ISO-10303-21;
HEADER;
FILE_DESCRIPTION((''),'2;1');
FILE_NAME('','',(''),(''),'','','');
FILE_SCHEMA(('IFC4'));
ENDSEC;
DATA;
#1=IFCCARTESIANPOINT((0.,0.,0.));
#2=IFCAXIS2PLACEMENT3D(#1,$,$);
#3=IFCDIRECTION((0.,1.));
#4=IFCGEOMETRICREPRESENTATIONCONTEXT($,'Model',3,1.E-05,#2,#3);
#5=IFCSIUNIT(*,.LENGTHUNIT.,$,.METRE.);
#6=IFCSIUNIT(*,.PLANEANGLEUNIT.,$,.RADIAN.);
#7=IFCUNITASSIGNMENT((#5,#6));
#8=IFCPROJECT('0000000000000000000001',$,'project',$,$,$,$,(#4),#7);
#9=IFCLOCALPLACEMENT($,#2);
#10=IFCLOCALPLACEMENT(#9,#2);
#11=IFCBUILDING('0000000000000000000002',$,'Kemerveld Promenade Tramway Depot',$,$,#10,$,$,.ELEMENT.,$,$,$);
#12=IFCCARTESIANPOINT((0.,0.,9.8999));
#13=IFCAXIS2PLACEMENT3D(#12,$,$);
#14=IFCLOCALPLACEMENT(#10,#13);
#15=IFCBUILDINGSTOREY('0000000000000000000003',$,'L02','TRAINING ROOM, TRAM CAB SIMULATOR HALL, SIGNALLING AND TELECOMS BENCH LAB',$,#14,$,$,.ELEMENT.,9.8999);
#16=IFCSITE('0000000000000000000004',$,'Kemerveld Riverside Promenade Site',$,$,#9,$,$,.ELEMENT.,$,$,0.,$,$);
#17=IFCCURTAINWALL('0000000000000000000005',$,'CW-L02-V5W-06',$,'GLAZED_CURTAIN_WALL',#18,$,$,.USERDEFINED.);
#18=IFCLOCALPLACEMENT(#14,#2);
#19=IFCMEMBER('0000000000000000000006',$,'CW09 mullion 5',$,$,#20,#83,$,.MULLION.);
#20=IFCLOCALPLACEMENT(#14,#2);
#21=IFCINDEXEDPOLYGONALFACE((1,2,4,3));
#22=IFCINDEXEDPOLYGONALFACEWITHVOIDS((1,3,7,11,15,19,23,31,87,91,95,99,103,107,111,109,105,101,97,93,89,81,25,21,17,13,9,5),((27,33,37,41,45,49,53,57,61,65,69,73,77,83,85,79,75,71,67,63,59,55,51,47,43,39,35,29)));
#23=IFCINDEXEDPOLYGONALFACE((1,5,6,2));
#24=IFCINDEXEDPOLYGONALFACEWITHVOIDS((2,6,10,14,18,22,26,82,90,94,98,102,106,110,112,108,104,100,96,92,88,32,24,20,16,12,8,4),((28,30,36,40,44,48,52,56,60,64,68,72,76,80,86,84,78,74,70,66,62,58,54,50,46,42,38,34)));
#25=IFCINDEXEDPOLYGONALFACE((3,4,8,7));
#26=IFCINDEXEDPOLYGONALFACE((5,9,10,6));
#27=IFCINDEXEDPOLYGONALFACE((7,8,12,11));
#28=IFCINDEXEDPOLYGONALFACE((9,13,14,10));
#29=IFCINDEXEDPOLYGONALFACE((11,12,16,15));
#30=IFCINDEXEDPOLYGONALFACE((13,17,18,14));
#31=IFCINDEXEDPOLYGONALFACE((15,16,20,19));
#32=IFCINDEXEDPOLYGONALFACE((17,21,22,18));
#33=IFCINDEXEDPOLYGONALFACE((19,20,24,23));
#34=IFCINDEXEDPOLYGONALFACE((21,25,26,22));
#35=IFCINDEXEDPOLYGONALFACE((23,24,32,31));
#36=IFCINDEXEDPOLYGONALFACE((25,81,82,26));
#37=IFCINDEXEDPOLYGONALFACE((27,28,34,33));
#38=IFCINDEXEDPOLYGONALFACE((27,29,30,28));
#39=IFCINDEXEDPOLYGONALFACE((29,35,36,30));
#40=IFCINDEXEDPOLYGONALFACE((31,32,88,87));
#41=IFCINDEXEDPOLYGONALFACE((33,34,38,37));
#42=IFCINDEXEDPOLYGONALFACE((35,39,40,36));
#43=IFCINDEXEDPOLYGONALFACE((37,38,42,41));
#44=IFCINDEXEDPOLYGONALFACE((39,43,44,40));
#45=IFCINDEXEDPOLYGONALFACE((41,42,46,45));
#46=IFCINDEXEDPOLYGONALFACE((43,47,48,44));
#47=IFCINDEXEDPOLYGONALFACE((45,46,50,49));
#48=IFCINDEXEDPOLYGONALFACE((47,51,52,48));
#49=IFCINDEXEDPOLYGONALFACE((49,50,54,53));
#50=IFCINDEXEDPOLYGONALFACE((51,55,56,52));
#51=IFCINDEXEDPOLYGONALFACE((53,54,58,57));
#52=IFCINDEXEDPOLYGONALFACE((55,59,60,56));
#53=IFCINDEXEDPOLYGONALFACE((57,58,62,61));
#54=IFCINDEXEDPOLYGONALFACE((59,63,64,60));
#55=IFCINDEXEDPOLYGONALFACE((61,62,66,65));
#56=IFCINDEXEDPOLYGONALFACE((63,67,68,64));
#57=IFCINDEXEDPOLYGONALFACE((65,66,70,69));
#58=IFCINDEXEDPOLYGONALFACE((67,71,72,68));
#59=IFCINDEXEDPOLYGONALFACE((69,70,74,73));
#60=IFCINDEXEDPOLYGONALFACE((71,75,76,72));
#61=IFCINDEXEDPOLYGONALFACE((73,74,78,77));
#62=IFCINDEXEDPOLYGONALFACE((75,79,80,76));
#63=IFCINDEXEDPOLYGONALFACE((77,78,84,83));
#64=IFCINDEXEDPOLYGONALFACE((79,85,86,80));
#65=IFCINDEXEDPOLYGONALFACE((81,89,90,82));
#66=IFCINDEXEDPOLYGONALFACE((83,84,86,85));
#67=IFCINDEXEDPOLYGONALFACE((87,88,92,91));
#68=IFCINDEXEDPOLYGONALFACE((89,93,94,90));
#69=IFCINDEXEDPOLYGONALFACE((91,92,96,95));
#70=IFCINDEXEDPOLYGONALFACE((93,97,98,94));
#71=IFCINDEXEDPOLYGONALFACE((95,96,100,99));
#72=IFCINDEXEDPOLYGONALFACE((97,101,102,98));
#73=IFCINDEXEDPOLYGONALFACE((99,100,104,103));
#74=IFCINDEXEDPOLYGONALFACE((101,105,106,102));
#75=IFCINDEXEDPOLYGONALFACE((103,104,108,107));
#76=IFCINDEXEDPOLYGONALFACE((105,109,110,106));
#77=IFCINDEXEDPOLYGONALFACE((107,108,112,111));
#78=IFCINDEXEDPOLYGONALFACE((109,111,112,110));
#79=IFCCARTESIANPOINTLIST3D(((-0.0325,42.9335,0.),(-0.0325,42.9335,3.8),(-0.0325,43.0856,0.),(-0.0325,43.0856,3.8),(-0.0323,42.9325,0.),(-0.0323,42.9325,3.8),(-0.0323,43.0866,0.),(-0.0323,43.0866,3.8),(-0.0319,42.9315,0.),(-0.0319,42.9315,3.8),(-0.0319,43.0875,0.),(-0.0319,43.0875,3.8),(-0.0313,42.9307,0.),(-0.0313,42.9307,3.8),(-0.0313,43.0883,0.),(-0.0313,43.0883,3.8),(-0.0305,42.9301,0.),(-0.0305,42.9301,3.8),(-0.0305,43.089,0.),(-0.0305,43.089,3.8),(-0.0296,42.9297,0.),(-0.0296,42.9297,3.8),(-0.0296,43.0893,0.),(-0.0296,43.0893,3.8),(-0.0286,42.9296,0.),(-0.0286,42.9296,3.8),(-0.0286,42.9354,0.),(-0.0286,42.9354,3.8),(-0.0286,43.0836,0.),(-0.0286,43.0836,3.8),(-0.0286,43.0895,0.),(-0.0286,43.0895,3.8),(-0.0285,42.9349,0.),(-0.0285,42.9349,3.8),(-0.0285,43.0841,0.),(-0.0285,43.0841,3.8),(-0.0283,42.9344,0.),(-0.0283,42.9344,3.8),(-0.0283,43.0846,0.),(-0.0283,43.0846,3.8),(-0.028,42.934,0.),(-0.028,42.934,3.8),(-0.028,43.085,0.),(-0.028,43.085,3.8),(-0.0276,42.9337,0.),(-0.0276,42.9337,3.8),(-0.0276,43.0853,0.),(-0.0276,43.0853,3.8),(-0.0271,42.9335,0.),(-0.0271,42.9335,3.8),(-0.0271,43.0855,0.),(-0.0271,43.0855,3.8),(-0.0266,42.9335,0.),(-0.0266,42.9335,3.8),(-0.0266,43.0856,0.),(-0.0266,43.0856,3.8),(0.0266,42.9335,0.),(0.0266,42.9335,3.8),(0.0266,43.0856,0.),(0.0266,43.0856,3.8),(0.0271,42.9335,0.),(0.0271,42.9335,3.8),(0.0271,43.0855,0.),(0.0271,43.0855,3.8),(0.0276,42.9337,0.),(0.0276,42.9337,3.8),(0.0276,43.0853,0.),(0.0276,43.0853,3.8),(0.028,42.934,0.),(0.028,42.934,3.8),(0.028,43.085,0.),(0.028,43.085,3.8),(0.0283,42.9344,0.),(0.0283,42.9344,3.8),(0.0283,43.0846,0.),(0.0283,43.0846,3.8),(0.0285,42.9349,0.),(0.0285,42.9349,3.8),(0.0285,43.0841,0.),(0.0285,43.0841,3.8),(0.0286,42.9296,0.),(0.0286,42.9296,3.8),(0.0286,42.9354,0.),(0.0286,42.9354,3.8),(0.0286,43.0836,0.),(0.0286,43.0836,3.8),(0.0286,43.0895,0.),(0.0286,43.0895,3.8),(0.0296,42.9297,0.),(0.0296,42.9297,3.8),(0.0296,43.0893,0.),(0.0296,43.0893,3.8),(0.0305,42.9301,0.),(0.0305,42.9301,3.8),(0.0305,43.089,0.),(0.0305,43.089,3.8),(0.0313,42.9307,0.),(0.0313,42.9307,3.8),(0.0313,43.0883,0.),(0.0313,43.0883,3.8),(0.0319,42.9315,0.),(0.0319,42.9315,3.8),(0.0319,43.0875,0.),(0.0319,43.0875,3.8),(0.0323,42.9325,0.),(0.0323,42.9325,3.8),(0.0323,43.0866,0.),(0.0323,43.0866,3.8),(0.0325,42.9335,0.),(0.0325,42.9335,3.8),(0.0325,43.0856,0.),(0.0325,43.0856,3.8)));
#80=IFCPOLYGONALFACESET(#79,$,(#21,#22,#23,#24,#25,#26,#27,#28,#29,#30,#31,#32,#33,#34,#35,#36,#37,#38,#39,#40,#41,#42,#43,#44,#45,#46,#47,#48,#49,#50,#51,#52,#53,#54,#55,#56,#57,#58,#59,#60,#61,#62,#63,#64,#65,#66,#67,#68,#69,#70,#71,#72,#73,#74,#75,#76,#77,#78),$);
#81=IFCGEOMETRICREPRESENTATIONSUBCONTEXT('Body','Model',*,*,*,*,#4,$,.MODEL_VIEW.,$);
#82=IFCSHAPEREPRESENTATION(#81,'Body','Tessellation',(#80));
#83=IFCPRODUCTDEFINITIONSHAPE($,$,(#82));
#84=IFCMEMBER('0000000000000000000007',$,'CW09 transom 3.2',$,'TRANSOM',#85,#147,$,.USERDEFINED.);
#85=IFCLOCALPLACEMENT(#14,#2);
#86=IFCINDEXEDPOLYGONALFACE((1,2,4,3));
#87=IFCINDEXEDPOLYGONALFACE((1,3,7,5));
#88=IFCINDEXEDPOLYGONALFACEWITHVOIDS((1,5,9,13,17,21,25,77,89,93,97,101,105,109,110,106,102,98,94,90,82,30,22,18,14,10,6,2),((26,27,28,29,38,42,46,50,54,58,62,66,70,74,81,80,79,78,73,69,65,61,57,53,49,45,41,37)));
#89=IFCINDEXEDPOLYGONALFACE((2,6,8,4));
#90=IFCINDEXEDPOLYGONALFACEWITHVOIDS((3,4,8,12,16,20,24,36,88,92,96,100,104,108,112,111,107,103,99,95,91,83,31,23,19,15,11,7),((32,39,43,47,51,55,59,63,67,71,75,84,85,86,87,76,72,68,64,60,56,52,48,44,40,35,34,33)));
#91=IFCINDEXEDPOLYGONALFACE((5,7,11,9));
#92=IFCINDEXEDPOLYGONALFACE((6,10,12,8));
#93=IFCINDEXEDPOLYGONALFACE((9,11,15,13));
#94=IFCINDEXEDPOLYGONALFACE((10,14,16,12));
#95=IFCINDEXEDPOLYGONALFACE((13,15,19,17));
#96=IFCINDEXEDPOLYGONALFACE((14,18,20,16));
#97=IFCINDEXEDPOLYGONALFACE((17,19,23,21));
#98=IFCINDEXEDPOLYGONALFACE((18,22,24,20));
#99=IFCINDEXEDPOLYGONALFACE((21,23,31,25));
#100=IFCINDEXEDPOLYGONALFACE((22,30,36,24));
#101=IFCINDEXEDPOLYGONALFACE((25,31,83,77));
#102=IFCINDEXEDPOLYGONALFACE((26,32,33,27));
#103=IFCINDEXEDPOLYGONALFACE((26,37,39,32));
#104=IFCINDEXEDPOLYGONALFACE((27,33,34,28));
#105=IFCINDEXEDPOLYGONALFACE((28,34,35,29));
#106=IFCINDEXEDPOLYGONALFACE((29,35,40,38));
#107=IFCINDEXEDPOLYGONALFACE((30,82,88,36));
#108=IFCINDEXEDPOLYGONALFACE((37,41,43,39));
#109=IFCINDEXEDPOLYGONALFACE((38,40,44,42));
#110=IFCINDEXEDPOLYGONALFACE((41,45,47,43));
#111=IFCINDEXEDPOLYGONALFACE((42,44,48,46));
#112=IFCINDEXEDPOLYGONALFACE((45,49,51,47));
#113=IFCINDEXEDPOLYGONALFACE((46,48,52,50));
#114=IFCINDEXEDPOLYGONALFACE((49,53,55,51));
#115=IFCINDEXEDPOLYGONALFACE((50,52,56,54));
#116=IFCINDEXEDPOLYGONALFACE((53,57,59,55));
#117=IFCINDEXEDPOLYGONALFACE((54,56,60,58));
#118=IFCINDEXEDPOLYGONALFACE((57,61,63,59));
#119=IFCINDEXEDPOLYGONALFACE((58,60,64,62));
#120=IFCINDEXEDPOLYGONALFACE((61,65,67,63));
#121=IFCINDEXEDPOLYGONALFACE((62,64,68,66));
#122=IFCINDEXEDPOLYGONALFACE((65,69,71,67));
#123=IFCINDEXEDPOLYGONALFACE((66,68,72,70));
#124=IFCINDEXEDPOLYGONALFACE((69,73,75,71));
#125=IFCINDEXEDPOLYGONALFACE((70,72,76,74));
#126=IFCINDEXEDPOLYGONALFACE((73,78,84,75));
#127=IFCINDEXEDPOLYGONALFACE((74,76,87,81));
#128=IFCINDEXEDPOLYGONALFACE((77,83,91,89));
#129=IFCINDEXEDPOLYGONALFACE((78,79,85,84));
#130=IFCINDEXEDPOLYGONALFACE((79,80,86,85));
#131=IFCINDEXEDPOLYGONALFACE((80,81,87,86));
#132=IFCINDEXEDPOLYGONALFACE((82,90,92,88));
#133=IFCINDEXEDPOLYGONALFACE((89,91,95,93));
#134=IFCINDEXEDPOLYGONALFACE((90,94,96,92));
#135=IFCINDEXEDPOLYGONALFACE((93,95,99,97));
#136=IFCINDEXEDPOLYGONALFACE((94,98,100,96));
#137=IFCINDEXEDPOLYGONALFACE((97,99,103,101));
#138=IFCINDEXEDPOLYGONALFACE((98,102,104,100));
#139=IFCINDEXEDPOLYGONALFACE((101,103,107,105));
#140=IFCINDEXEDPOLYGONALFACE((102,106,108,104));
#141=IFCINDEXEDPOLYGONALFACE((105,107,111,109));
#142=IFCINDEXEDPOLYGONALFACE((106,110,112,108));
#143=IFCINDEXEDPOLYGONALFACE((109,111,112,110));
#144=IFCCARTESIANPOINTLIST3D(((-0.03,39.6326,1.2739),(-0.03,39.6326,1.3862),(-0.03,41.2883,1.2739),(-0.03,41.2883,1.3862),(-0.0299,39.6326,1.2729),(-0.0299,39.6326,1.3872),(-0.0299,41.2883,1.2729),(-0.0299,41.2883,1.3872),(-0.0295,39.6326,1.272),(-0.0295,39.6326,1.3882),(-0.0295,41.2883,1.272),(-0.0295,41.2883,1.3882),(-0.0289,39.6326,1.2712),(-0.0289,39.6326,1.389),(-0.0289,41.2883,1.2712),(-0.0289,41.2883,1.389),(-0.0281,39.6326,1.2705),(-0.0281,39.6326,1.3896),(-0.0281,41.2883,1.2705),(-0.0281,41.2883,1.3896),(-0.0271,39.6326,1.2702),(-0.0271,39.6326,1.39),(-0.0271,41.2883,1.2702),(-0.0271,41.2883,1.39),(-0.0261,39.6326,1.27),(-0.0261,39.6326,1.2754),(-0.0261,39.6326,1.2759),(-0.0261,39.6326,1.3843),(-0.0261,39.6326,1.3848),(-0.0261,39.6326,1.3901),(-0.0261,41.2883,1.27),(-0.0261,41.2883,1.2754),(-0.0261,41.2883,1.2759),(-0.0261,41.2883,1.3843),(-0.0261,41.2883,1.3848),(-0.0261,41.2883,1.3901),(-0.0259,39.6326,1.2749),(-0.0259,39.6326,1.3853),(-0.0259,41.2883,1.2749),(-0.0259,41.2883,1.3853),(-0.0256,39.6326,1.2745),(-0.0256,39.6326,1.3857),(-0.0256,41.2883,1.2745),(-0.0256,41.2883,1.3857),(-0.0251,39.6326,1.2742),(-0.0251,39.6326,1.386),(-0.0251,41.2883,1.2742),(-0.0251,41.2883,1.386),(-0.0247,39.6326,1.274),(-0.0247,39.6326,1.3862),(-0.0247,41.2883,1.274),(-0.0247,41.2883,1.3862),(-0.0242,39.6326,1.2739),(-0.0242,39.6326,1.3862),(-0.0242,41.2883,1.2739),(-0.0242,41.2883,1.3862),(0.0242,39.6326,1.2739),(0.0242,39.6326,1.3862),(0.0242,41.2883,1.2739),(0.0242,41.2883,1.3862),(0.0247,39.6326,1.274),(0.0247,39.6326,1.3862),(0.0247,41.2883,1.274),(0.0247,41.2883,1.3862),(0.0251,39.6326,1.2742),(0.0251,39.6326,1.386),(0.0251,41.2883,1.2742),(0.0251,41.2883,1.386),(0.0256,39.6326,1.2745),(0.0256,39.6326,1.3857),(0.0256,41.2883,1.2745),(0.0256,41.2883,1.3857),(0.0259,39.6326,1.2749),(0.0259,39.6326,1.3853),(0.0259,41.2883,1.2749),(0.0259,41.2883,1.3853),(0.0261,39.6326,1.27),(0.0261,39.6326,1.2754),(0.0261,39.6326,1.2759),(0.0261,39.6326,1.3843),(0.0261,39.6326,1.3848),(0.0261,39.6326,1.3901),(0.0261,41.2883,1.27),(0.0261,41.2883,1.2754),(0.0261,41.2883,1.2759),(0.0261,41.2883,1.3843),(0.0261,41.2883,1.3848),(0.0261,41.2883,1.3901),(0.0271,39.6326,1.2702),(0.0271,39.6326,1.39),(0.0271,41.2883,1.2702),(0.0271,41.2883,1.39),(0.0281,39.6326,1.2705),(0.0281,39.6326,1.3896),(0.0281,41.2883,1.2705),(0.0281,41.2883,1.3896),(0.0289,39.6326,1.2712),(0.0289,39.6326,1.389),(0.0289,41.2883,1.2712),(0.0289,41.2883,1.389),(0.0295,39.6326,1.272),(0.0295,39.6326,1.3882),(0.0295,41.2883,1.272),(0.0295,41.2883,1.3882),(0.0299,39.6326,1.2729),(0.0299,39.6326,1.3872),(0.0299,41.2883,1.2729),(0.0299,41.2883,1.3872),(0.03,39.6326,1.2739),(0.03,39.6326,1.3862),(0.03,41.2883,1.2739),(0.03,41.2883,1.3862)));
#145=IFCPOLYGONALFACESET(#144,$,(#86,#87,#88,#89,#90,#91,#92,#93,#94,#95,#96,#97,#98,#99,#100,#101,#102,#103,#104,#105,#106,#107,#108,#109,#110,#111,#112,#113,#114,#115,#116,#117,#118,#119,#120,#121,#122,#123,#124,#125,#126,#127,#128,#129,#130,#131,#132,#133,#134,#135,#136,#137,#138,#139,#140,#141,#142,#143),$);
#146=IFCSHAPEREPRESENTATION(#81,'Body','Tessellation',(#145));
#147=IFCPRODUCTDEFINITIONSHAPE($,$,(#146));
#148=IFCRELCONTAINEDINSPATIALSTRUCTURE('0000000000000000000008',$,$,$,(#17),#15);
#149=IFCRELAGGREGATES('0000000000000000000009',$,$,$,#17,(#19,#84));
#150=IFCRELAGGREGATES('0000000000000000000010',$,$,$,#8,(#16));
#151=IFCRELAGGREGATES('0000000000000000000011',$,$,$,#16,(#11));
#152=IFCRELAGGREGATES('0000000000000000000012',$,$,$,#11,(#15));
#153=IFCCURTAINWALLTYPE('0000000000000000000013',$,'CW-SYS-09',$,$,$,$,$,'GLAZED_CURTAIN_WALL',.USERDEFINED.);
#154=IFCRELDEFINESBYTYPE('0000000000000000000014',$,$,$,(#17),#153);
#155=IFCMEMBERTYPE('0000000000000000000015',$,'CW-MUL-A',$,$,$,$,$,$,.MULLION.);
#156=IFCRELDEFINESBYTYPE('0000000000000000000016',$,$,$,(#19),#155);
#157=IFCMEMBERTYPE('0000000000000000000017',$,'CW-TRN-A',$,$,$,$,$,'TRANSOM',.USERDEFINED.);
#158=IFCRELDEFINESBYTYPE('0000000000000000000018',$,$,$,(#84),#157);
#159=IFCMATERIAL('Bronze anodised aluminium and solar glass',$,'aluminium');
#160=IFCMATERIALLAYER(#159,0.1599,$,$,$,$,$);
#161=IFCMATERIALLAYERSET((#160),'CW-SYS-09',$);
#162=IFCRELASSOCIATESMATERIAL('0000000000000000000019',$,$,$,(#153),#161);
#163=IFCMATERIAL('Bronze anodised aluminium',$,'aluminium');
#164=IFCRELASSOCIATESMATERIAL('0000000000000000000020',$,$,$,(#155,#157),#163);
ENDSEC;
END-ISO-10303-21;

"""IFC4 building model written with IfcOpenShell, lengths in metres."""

from ifc_helpers import new_model, si_unit, direction, frame, origin, origin_2d, place, context, subcontext, project, spatial, hollow_rectangle, extrude, material, layer, layer_set, material_profile, profile_set, type_object, element, aggregate, save


model = new_model("IFC4")

# Units and contexts
model_context = context("Model", 3, precision=1e-05, world=origin(), true_north=direction((0.0, 1.0)))
body_context = subcontext(model_context, "Body", "Model", "MODEL_VIEW")
ifc_project = project(units=[si_unit("LENGTHUNIT", "METRE"), si_unit("PLANEANGLEUNIT", "RADIAN")], contexts=[model_context])

# Site, building, storey
site_placement = place(None, origin())
site = spatial("IfcSite", under=ifc_project, at=site_placement, Name="Kemerveld Riverside Promenade Site", CompositionType="ELEMENT", RefElevation=0.0)
building_placement = place(site_placement, origin())
building = spatial("IfcBuilding", under=site, at=building_placement, Name="Kemerveld Promenade Tramway Depot", CompositionType="ELEMENT")
storey_placement = place(building_placement, frame((0.0, 0.0, 9.8999)))
storey = spatial("IfcBuildingStorey", under=building, at=storey_placement, Name="L02", Description="TRAINING ROOM, TRAM CAB SIMULATOR HALL, SIGNALLING AND TELECOMS BENCH LAB", CompositionType="ELEMENT", Elevation=9.8999)

# Curtain wall, members
ifc_material_1 = material(Name="Bronze anodised aluminium and solar glass", Category="aluminium")
ifc_layer_1 = layer(ifc_material_1, 0.1599)
ifc_layer_set_1 = layer_set([ifc_layer_1], Name="CW-SYS-09")
curtain_wall_type = type_object("IfcCurtainWallType", Name="CW-SYS-09", ElementType="GLAZED_CURTAIN_WALL", PredefinedType="USERDEFINED", material=ifc_layer_set_1)
curtain_wall_placement = place(storey_placement, origin())
curtain_wall = element("IfcCurtainWall", 1, at=curtain_wall_placement, inside=storey, type_object=curtain_wall_type, Name="CW-L02-V5W-06", ObjectType="GLAZED_CURTAIN_WALL", PredefinedType="USERDEFINED")
ifc_material_2 = material(Name="Bronze anodised aluminium", Category="aluminium")
ifc_material_profile_1 = material_profile(ifc_material_2, hollow_rectangle(XDim=0.0649, YDim=0.1599, WallThickness=0.0039, InnerFilletRadius=0.002, OuterFilletRadius=0.0039, at=origin_2d()), Name="CW-MUL-160x65")
ifc_profile_set_1 = profile_set([ifc_material_profile_1], Name="Bronze anodised aluminium")
member_type_1 = type_object("IfcMemberType", Name="CW-MUL-A", PredefinedType="MULLION", material=ifc_profile_set_1)
member_1_placement = place(storey_placement, frame((0.0, 43.0095, 0.0), z_axis=(0.0, 0.0, 1.0), x_axis=(-1.0, 0.0, 0.0)))
member_1 = element("IfcMember", 2, at=member_1_placement, type_object=member_type_1, Name="CW09 mullion 5", PredefinedType="MULLION", context=body_context, shape_type="SweptSolid", body=[
    extrude(hollow_rectangle(XDim=0.0649, YDim=0.1599, WallThickness=0.0039, InnerFilletRadius=0.002, OuterFilletRadius=0.0039, at=origin_2d()), origin(), (0.0, 0.0, 1.0), 3.8),
])
ifc_material_profile_2 = material_profile(ifc_material_2, hollow_rectangle(XDim=0.0601, YDim=0.1201, WallThickness=0.0039, InnerFilletRadius=0.002, OuterFilletRadius=0.0039, at=origin_2d()), Name="CW-TRN-120x60")
ifc_profile_set_2 = profile_set([ifc_material_profile_2], Name="Bronze anodised aluminium")
member_type_2 = type_object("IfcMemberType", Name="CW-TRN-A", ElementType="TRANSOM", PredefinedType="USERDEFINED", material=ifc_profile_set_2)
member_2_placement = place(storey_placement, frame((0.0, 39.6326, 1.3301), z_axis=(0.0, 1.0, 0.0), x_axis=(-1.0, 0.0, 0.0)))
member_2 = element("IfcMember", 3, at=member_2_placement, type_object=member_type_2, Name="CW09 transom 3.2", ObjectType="TRANSOM", PredefinedType="USERDEFINED", context=body_context, shape_type="SweptSolid", body=[
    extrude(hollow_rectangle(XDim=0.0601, YDim=0.1201, WallThickness=0.0039, InnerFilletRadius=0.002, OuterFilletRadius=0.0039, at=origin_2d()), origin(), (0.0, 0.0, 1.0), 1.6558),
])
aggregate(curtain_wall, [member_1, member_2])

save(model, "model.ifc")
